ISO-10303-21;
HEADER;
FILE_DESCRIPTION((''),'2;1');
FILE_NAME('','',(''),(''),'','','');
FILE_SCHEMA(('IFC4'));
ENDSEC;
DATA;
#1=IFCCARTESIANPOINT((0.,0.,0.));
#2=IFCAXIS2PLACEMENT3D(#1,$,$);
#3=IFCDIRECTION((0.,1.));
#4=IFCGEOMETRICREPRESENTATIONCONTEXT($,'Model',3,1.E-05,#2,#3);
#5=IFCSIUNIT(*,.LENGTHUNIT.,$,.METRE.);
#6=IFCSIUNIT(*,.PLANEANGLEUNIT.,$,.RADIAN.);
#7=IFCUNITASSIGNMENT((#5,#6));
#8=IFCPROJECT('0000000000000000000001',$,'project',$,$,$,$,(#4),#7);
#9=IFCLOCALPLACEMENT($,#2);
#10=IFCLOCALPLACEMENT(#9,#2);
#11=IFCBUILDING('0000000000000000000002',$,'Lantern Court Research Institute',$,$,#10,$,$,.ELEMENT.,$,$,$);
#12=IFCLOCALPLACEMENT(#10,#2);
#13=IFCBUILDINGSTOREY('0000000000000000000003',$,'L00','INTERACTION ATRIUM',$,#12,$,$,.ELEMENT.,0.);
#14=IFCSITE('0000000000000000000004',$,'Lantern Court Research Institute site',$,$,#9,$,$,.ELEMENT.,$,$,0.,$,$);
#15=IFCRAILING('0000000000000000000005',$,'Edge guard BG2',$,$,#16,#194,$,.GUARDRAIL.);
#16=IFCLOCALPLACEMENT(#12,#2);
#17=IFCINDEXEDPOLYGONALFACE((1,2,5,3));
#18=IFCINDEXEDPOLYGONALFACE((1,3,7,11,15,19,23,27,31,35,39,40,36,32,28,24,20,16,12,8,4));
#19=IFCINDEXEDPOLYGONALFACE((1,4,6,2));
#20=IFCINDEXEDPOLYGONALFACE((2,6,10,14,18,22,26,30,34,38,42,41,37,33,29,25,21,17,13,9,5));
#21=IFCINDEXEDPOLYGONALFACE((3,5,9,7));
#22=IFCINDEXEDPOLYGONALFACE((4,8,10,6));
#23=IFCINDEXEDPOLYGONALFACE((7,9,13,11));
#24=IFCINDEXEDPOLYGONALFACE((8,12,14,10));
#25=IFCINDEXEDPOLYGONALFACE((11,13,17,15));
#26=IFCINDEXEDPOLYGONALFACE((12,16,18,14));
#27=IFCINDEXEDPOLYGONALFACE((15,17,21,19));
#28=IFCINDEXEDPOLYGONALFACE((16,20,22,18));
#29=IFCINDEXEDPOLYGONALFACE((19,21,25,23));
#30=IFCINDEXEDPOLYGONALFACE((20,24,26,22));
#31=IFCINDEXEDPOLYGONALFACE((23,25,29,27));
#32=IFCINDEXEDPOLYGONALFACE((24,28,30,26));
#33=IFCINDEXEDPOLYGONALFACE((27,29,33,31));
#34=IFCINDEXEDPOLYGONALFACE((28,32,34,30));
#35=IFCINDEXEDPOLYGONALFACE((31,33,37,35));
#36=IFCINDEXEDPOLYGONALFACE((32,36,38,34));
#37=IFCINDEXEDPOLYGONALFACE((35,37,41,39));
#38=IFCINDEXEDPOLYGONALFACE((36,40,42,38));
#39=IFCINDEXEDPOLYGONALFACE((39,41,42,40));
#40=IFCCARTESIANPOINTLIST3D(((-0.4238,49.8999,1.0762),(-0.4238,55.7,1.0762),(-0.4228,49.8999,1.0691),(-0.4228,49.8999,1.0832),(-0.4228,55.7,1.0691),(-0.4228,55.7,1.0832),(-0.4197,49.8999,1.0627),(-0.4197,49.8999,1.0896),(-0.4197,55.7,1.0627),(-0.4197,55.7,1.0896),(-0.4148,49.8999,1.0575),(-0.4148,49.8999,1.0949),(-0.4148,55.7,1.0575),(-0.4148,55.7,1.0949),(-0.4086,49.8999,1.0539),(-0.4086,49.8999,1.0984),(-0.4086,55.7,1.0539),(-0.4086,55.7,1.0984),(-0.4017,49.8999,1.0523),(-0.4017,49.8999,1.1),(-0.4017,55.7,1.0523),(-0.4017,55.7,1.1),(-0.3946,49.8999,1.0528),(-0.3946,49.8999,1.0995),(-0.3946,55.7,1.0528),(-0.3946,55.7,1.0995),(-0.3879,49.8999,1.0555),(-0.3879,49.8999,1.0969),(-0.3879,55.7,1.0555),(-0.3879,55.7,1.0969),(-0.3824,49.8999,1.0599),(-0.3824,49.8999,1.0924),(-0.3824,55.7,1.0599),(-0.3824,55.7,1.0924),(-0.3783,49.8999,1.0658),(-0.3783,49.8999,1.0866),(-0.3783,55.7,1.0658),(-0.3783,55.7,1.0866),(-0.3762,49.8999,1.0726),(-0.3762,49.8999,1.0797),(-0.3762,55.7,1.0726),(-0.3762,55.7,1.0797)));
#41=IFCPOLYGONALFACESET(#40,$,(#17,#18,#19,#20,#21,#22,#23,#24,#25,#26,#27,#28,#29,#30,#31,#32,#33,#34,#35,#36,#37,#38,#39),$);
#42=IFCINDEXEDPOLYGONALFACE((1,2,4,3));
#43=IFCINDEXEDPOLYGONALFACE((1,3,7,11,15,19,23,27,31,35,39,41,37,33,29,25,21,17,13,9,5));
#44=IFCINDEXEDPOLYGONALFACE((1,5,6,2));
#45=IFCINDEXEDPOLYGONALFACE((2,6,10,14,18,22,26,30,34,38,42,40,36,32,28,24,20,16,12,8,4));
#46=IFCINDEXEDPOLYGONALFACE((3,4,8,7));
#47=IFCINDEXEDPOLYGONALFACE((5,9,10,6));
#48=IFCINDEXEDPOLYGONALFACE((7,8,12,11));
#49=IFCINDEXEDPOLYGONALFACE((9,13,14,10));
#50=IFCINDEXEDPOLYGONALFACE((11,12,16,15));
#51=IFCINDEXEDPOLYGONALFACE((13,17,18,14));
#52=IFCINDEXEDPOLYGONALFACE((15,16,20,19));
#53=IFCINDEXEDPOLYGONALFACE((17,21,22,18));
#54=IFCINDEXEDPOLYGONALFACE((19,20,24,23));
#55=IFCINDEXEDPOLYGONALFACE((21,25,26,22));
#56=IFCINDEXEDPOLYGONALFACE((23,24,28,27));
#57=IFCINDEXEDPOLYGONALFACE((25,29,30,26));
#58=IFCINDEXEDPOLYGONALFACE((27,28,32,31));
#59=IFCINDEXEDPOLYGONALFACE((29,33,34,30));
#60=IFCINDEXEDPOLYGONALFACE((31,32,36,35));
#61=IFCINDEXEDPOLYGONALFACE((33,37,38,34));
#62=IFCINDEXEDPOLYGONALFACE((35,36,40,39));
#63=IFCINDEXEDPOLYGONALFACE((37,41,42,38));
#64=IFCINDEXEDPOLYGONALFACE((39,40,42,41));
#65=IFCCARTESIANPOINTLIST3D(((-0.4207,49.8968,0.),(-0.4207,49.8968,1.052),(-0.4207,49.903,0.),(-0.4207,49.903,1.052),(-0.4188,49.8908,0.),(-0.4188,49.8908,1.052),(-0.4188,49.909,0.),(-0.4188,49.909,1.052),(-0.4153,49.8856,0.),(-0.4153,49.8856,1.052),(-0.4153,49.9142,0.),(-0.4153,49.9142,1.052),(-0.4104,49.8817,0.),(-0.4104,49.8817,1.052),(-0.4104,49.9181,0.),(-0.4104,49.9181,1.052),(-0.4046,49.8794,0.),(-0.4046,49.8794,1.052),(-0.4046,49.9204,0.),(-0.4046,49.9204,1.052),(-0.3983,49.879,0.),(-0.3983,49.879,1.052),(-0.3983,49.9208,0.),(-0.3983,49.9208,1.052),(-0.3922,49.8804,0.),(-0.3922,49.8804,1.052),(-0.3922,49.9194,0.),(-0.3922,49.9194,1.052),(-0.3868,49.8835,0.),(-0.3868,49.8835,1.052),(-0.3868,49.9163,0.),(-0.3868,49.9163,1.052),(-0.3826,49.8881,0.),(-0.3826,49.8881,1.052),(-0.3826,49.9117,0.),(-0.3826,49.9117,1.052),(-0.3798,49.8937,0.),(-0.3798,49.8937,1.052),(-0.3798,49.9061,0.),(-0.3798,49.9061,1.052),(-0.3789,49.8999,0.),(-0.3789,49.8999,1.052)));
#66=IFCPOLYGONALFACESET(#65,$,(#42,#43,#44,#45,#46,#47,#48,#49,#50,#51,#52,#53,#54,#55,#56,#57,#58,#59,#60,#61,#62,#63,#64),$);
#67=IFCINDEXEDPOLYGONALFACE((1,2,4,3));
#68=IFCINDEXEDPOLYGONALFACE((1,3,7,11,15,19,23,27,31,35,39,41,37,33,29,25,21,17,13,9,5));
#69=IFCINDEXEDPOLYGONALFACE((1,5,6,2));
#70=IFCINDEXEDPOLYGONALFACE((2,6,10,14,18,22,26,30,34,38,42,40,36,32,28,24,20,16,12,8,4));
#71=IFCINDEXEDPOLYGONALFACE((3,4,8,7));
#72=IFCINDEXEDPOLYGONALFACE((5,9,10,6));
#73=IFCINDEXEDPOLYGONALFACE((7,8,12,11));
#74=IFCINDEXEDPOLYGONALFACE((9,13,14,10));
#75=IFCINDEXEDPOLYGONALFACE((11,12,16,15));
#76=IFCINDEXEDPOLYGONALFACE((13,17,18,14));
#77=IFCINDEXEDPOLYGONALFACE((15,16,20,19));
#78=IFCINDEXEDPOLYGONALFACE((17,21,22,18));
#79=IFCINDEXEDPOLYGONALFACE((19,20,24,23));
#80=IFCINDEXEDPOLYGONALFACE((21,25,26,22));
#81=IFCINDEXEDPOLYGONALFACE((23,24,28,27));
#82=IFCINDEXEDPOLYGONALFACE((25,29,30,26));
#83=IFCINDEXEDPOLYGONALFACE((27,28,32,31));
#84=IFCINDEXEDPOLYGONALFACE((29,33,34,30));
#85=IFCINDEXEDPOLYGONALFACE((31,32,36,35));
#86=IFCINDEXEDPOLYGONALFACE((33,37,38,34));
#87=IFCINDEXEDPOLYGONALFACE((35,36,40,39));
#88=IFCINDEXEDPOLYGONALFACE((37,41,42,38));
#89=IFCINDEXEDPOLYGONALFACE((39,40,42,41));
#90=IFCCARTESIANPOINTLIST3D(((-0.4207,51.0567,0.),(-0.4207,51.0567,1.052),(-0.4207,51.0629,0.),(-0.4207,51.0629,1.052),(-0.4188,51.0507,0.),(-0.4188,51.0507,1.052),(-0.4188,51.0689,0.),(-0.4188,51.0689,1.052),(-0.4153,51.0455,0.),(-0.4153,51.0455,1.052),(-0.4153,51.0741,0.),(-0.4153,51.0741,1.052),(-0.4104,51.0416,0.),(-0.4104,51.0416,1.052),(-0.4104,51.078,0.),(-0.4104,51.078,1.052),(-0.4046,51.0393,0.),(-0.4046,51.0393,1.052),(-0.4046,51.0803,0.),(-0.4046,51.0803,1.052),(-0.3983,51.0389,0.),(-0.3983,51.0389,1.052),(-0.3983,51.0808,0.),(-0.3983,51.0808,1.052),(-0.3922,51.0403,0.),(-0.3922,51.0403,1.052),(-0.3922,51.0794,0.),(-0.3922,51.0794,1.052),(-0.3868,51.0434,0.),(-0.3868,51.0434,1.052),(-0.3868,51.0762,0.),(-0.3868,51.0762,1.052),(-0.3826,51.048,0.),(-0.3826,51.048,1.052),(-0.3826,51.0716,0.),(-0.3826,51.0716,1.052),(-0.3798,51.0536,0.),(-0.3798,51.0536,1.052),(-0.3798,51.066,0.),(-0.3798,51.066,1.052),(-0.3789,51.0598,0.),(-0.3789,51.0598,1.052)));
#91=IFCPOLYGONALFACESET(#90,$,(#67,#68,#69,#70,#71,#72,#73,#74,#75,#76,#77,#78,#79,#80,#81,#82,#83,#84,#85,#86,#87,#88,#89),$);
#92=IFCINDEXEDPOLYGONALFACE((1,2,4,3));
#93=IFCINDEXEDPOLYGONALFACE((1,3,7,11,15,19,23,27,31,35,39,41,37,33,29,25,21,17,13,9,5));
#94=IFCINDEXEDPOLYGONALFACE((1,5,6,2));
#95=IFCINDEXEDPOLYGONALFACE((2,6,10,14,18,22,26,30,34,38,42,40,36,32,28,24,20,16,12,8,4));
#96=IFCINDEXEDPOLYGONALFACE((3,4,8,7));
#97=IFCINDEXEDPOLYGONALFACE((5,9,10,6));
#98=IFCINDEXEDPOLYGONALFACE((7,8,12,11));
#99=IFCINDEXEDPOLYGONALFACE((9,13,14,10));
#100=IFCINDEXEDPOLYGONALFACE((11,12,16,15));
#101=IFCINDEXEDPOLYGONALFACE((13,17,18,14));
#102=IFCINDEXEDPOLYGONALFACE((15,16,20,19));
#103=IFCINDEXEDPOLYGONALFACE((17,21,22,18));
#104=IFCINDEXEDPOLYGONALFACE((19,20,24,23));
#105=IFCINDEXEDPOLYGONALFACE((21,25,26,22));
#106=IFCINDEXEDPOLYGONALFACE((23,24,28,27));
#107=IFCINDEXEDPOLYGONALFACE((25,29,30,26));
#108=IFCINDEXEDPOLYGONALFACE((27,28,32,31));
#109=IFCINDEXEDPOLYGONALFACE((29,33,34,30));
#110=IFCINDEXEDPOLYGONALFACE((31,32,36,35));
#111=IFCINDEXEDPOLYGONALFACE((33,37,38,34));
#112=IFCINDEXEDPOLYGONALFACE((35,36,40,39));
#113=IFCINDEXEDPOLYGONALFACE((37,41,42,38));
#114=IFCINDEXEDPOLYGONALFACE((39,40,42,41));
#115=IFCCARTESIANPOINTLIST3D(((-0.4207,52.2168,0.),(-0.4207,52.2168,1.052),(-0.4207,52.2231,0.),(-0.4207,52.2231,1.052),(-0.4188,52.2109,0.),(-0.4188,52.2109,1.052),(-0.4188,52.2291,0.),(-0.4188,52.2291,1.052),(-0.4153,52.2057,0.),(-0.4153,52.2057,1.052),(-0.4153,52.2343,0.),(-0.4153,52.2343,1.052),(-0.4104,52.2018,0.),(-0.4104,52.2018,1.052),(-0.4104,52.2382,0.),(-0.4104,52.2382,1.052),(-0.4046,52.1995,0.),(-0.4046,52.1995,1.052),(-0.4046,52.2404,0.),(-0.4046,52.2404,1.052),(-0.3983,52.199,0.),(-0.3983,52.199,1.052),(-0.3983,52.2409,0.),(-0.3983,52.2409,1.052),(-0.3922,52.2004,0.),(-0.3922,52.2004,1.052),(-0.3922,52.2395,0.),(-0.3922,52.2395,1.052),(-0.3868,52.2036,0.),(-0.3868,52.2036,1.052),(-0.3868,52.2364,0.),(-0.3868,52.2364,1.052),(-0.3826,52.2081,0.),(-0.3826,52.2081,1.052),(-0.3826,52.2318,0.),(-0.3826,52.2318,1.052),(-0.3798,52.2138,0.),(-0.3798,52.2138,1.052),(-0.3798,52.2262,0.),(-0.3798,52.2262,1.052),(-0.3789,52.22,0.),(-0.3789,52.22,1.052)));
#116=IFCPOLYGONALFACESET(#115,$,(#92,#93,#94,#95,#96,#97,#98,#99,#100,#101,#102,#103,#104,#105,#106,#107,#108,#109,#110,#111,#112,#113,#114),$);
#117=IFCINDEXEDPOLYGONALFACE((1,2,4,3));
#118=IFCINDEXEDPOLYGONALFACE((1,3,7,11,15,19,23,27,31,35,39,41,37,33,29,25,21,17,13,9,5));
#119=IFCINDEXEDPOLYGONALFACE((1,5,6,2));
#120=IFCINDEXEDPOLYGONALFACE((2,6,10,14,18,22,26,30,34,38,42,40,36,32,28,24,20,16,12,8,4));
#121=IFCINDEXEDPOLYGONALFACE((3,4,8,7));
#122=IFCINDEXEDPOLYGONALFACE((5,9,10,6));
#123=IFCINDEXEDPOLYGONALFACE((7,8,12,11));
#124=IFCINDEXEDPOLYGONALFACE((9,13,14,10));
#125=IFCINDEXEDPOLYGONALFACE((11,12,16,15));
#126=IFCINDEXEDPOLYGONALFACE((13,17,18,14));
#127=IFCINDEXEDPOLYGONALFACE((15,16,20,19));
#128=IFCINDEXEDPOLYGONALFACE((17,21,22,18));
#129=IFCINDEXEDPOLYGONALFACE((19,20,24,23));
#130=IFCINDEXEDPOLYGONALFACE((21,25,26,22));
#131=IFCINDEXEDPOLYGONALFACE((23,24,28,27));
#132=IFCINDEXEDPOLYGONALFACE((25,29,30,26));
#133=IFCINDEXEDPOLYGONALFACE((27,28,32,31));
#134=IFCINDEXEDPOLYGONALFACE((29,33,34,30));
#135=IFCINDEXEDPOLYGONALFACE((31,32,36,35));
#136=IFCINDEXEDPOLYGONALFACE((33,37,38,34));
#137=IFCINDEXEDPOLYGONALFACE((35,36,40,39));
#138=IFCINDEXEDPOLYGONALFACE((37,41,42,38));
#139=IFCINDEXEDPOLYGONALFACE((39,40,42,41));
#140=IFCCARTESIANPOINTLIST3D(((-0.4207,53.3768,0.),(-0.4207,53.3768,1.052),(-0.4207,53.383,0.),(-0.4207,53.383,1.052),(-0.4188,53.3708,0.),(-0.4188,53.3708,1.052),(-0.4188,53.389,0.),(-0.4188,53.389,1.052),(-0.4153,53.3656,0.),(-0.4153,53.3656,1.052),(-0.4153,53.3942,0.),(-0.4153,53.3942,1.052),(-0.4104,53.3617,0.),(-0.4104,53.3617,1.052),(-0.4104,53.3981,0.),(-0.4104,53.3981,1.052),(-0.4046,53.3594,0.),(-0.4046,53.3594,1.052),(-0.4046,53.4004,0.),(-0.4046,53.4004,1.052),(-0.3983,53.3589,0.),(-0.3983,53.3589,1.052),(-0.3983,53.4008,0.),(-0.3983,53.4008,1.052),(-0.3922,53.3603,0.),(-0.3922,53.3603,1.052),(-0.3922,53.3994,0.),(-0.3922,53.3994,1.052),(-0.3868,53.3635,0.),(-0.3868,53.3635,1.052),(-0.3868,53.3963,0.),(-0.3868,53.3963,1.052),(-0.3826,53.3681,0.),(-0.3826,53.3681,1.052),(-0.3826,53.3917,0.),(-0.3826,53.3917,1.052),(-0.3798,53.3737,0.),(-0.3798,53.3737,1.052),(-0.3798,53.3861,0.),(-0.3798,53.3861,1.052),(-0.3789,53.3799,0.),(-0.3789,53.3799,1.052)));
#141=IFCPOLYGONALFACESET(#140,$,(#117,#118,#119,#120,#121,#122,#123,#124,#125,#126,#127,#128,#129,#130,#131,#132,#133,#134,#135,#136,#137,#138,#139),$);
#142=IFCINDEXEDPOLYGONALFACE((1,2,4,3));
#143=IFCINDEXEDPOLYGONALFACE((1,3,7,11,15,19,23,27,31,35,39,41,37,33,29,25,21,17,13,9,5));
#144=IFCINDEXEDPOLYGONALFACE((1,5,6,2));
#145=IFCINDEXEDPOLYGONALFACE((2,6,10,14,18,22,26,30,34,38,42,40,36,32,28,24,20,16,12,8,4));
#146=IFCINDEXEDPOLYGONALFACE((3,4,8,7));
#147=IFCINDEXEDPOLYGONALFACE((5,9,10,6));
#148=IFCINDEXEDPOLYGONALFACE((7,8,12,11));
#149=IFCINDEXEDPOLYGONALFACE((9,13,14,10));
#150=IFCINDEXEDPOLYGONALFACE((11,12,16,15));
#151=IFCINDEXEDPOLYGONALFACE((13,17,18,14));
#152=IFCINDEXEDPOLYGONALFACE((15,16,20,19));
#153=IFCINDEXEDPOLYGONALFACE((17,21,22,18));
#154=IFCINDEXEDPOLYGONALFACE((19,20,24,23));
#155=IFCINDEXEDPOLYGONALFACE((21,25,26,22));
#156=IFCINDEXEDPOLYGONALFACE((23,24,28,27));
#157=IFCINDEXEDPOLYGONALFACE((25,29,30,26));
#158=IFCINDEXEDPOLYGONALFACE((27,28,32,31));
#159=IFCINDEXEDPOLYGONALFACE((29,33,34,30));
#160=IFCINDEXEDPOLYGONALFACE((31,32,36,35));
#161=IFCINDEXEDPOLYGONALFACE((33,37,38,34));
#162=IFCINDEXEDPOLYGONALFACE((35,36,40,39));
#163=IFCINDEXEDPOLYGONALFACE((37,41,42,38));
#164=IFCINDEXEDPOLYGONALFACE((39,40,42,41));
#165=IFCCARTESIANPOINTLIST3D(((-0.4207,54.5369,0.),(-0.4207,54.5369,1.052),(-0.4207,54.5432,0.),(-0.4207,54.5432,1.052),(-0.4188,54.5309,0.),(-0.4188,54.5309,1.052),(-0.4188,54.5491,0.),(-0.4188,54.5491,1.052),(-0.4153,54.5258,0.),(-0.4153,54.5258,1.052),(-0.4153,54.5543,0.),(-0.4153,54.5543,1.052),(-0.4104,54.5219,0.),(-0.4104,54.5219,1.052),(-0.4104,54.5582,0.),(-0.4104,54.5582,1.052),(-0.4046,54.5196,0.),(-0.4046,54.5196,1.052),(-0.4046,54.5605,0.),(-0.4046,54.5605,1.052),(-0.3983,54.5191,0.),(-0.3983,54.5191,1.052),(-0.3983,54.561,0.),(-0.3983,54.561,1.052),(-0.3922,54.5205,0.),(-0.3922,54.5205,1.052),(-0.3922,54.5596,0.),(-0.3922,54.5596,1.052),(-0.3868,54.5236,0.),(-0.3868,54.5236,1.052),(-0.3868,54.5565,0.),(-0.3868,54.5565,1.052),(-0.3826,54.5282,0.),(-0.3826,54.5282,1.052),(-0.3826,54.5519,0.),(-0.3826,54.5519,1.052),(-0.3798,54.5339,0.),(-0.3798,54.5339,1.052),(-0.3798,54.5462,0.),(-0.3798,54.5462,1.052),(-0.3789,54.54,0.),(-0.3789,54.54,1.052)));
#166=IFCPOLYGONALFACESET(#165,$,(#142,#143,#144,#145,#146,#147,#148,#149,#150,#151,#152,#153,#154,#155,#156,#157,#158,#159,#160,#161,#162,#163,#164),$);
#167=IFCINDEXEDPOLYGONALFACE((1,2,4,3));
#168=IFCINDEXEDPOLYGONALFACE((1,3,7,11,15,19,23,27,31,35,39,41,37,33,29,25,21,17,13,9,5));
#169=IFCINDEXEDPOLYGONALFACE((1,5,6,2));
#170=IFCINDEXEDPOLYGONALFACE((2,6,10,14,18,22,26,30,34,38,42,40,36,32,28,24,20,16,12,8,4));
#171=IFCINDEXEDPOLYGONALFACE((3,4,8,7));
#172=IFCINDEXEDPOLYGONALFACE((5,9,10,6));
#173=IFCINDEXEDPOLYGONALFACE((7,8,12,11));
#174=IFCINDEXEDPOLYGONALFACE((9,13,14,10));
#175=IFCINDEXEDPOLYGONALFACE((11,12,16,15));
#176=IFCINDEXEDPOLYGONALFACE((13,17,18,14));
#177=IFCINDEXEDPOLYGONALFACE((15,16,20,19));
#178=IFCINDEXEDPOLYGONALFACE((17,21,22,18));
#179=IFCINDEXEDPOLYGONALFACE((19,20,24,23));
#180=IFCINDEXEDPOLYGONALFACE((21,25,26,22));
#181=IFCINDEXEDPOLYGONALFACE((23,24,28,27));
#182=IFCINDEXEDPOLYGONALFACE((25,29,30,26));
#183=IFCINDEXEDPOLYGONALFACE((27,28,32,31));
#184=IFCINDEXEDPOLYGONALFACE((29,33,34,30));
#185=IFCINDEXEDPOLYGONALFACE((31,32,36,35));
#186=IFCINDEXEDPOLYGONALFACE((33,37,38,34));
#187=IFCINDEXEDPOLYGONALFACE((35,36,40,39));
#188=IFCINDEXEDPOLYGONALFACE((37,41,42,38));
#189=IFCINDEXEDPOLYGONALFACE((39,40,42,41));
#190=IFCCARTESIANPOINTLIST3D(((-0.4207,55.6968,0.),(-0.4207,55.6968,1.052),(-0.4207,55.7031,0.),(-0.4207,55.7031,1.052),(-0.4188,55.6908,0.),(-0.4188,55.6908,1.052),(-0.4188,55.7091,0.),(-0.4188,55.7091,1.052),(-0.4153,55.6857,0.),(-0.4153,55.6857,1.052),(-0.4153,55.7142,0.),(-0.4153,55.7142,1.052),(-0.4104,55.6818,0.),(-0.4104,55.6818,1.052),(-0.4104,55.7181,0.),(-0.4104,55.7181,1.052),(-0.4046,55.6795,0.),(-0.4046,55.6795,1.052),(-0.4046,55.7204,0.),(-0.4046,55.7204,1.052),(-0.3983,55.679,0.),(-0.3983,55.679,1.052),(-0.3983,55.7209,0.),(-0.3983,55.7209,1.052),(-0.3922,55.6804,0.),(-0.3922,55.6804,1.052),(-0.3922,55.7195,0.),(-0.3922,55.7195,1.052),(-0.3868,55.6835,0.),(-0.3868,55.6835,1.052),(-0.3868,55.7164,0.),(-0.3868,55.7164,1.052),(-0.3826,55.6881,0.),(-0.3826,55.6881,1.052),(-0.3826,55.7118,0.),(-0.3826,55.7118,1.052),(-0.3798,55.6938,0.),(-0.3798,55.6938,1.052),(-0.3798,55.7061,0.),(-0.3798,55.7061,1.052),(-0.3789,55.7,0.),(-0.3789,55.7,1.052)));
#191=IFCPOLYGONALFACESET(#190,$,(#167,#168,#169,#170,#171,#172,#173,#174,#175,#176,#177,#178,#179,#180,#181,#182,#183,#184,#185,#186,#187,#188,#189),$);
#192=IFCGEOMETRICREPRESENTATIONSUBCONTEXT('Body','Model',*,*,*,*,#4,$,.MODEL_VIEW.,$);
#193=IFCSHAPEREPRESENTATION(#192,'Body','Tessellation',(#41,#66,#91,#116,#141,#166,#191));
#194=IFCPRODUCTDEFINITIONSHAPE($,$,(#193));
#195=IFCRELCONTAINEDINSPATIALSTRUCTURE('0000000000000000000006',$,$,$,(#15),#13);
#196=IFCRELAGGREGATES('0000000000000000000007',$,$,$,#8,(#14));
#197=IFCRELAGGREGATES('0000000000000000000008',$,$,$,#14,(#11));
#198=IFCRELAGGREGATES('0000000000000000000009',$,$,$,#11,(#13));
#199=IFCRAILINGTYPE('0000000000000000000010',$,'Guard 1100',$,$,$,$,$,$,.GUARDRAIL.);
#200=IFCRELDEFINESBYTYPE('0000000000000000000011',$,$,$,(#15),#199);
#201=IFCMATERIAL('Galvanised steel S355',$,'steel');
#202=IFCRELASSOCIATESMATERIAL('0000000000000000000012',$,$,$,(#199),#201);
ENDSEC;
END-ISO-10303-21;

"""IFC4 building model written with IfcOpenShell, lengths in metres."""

from ifc_helpers import new_model, si_unit, direction, frame, origin, origin_2d, place, context, subcontext, project, spatial, circle, extrude, material, type_object, element, save


model = new_model("IFC4")

# Units and contexts
model_context = context("Model", 3, precision=1e-05, world=origin(), true_north=direction((0.0, 1.0)))
body_context = subcontext(model_context, "Body", "Model", "MODEL_VIEW")
ifc_project = project(units=[si_unit("LENGTHUNIT", "METRE"), si_unit("PLANEANGLEUNIT", "RADIAN")], contexts=[model_context])

# Site, building, storey
site_placement = place(None, origin())
site = spatial("IfcSite", under=ifc_project, at=site_placement, Name="Lantern Court Research Institute site", CompositionType="ELEMENT", RefElevation=0.0)
building_placement = place(site_placement, origin())
building = spatial("IfcBuilding", under=site, at=building_placement, Name="Lantern Court Research Institute", CompositionType="ELEMENT")
storey_placement = place(building_placement, origin())
storey = spatial("IfcBuildingStorey", under=building, at=storey_placement, Name="L00", Description="INTERACTION ATRIUM", CompositionType="ELEMENT", Elevation=0.0)

# Railing
ifc_material_1 = material(Name="Galvanised steel S355", Category="steel")
railing_type_1 = type_object("IfcRailingType", Name="Guard 1100", PredefinedType="GUARDRAIL", material=ifc_material_1)
railing_1_placement = place(storey_placement, frame((-0.3999, 49.8999, 0.0)))
element("IfcRailing", 1, at=railing_1_placement, inside=storey, type_object=railing_type_1, Name="Edge guard BG2", PredefinedType="GUARDRAIL", context=body_context, shape_type="SweptSolid", body=[
    extrude(circle(Radius=0.0239, at=origin_2d()), frame((0.0, 0.0, 1.0762), z_axis=(0.0, 1.0, 0.0), x_axis=(-1.0, 0.0, 0.0)), (0.0, 0.0, 1.0), 5.8),
    extrude(circle(Radius=0.021, at=origin_2d()), origin(), (0.0, 0.0, 1.0), 1.052),
    extrude(circle(Radius=0.021, at=origin_2d()), frame((0.0, 1.1599, 0.0)), (0.0, 0.0, 1.0), 1.052),
    extrude(circle(Radius=0.021, at=origin_2d()), frame((0.0, 2.3201, 0.0)), (0.0, 0.0, 1.0), 1.052),
    extrude(circle(Radius=0.021, at=origin_2d()), frame((0.0, 3.48, 0.0)), (0.0, 0.0, 1.0), 1.052),
    extrude(circle(Radius=0.021, at=origin_2d()), frame((0.0, 4.6401, 0.0)), (0.0, 0.0, 1.0), 1.052),
    extrude(circle(Radius=0.021, at=origin_2d()), frame((0.0, 5.8, 0.0)), (0.0, 0.0, 1.0), 1.052),
])

save(model, "model.ifc")
